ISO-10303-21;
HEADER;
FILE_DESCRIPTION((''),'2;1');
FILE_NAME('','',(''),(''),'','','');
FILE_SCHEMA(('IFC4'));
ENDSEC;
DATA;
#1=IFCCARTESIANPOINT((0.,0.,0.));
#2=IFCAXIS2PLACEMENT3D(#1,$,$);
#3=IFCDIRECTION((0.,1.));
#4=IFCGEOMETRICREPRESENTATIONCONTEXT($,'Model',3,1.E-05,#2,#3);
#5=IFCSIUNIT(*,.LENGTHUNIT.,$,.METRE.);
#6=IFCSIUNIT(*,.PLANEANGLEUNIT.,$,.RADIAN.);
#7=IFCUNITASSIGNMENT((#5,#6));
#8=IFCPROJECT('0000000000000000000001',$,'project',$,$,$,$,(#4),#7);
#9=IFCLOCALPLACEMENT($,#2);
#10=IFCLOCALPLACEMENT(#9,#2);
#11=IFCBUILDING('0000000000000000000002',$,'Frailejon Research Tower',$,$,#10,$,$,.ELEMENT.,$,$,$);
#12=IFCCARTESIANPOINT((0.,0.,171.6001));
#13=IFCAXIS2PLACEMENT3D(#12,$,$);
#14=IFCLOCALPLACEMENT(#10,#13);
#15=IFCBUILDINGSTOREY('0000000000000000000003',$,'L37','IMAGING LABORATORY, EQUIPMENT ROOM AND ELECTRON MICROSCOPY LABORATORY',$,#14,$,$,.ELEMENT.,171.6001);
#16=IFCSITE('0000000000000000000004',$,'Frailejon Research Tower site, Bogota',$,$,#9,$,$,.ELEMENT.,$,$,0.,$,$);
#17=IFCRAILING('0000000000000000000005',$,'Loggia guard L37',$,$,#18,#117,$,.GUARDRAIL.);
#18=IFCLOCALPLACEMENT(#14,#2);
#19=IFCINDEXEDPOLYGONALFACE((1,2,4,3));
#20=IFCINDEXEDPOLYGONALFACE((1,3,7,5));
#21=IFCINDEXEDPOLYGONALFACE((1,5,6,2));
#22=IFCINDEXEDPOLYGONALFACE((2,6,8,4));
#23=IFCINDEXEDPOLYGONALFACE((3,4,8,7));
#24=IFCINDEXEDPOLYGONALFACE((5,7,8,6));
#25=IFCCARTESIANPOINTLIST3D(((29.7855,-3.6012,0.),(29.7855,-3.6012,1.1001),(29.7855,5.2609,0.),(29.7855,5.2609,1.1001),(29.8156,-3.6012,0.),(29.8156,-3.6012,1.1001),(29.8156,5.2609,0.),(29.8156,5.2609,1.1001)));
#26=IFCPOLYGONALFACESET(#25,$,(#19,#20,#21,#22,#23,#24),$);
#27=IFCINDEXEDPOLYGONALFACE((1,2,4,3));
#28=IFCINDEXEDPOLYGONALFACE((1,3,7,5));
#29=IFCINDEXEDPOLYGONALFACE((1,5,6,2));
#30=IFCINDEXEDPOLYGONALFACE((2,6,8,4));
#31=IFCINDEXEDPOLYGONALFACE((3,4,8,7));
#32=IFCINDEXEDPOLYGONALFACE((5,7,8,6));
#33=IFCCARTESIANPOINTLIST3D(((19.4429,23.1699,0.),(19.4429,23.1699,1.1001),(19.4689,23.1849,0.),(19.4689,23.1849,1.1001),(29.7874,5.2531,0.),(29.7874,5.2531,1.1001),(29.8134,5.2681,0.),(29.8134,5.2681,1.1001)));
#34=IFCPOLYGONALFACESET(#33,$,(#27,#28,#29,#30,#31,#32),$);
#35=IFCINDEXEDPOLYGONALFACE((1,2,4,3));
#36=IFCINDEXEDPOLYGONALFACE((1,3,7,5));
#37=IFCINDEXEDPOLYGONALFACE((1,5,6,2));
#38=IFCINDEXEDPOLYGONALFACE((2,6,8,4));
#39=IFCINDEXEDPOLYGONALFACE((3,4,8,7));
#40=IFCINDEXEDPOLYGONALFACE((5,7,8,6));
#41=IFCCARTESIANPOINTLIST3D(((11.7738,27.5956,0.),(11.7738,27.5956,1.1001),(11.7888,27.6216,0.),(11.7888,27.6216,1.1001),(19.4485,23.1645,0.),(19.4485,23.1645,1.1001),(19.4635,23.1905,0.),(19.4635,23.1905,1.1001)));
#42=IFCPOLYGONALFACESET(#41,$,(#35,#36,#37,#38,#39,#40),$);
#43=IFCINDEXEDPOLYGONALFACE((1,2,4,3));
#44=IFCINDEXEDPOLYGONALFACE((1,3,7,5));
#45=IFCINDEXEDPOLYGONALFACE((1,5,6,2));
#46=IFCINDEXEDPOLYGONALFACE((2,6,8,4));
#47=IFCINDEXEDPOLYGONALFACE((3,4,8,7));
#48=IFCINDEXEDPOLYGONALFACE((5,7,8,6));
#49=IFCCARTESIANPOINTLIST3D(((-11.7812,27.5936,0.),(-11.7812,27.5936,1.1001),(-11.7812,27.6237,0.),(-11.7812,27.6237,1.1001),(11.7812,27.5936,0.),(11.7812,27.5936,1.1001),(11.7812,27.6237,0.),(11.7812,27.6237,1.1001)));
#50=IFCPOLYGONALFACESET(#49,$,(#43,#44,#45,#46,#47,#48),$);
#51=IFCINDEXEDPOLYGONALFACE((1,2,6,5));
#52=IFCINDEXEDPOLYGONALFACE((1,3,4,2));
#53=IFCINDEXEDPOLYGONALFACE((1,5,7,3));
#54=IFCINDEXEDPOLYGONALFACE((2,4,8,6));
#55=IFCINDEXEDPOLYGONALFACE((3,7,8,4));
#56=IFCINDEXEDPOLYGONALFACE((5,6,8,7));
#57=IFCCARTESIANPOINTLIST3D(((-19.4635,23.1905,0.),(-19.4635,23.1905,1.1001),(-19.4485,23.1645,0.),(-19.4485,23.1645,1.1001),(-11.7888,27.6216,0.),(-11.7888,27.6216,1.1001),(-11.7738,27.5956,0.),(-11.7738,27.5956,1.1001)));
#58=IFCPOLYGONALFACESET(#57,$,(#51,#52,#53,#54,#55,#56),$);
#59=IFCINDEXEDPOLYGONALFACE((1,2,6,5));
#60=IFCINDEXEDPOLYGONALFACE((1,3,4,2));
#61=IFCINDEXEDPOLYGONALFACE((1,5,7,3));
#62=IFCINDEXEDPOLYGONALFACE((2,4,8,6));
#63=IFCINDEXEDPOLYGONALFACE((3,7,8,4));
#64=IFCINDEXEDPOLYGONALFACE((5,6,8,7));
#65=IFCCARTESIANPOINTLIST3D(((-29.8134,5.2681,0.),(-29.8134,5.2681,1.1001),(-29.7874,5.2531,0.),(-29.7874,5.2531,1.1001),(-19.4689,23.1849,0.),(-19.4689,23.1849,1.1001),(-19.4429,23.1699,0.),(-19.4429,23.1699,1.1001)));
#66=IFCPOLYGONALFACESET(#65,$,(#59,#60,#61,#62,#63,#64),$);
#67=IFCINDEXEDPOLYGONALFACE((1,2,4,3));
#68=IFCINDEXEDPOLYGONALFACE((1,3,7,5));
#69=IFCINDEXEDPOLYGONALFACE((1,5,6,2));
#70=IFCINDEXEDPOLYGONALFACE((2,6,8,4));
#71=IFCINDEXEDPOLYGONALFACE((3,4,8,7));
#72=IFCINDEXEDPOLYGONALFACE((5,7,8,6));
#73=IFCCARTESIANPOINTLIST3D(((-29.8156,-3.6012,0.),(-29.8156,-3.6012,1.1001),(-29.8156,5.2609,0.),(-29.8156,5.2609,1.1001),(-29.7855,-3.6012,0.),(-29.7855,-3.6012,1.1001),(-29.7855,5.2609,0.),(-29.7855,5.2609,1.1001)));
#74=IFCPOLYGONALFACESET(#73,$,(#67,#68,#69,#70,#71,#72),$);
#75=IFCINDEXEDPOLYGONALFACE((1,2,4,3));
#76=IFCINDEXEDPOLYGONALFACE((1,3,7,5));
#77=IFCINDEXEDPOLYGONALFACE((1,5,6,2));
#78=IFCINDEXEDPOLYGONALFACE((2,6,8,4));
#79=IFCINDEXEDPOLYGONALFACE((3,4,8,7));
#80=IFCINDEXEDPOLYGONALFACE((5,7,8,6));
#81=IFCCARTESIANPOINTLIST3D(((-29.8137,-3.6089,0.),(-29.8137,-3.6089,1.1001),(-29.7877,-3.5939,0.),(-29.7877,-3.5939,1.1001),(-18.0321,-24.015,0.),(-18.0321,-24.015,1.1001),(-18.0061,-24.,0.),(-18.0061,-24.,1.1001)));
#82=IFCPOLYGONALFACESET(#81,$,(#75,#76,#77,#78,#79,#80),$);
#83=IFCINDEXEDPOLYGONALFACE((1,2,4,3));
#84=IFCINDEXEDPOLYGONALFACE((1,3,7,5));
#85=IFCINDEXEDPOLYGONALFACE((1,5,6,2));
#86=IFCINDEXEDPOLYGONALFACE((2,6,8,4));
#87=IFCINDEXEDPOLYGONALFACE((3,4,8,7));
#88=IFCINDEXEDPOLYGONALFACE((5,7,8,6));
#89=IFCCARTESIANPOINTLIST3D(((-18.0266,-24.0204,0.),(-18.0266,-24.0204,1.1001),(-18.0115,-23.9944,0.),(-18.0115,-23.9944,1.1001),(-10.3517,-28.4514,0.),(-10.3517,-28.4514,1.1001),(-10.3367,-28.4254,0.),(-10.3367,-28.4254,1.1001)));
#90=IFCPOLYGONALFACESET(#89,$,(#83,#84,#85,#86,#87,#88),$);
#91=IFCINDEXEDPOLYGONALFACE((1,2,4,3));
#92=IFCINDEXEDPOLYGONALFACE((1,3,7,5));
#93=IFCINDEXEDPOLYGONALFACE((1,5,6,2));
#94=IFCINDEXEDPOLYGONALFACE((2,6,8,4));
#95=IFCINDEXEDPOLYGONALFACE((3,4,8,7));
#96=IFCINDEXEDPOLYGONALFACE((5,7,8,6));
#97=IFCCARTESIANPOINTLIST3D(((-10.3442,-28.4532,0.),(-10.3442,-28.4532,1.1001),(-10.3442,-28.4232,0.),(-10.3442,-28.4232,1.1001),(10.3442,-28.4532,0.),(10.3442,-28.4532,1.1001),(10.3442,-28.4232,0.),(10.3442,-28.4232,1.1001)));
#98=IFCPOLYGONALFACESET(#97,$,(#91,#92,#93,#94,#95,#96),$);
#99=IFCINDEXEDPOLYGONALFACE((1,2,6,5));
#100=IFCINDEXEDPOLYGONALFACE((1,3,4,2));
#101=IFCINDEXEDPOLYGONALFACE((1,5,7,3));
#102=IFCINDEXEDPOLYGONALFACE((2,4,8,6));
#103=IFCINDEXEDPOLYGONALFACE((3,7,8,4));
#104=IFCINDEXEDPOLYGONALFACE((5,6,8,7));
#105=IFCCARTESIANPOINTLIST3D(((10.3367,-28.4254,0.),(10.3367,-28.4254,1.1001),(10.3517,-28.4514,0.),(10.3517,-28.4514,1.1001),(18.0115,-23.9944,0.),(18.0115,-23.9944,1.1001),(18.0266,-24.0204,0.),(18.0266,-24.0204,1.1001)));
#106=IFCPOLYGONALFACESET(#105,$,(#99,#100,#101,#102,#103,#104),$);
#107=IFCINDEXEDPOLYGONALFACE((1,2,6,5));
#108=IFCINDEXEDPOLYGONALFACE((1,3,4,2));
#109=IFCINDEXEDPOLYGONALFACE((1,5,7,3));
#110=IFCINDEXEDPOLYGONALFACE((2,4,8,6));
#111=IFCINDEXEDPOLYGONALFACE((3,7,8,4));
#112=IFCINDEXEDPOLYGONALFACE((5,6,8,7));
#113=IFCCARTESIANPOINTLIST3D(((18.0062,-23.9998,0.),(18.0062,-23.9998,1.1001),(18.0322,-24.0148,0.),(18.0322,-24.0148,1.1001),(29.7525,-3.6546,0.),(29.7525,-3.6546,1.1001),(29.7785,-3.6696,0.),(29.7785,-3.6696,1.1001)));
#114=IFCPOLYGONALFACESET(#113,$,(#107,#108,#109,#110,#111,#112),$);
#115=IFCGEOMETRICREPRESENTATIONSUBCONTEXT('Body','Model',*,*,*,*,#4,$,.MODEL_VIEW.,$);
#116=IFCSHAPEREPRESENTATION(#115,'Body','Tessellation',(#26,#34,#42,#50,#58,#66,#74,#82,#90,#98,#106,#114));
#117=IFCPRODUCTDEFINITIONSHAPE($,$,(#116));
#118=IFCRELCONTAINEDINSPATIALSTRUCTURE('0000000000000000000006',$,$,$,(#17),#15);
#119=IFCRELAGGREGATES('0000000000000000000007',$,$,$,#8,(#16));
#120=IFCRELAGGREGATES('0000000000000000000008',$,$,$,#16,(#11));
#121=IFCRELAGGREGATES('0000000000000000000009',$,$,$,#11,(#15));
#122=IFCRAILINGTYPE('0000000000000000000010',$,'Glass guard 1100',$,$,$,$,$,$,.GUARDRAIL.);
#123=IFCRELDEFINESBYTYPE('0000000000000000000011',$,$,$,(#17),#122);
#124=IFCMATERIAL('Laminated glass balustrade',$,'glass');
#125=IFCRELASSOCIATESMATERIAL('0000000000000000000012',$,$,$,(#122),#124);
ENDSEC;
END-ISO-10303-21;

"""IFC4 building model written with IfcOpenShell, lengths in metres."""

from ifc_helpers import new_model, si_unit, direction, frame, origin, origin_2d, place, context, subcontext, project, spatial, rectangle, extrude, material, type_object, element, save


model = new_model("IFC4")

# Units and contexts
model_context = context("Model", 3, precision=1e-05, world=origin(), true_north=direction((0.0, 1.0)))
body_context = subcontext(model_context, "Body", "Model", "MODEL_VIEW")
ifc_project = project(units=[si_unit("LENGTHUNIT", "METRE"), si_unit("PLANEANGLEUNIT", "RADIAN")], contexts=[model_context])

# Site, building, storey
site_placement = place(None, origin())
site = spatial("IfcSite", under=ifc_project, at=site_placement, Name="Frailejon Research Tower site, Bogota", CompositionType="ELEMENT", RefElevation=0.0)
building_placement = place(site_placement, origin())
building = spatial("IfcBuilding", under=site, at=building_placement, Name="Frailejon Research Tower", CompositionType="ELEMENT")
storey_placement = place(building_placement, frame((0.0, 0.0, 171.6001)))
storey = spatial("IfcBuildingStorey", under=building, at=storey_placement, Name="L37", Description="IMAGING LABORATORY, EQUIPMENT ROOM AND ELECTRON MICROSCOPY LABORATORY", CompositionType="ELEMENT", Elevation=171.6001)

# Railing
ifc_material_1 = material(Name="Laminated glass balustrade", Category="glass")
railing_type = type_object("IfcRailingType", Name="Glass guard 1100", PredefinedType="GUARDRAIL", material=ifc_material_1)
railing_placement = place(storey_placement, frame((29.8005, -3.6013, 0.0)))
element("IfcRailing", 1, at=railing_placement, inside=storey, type_object=railing_type, Name="Loggia guard L37", PredefinedType="GUARDRAIL", context=body_context, shape_type="SweptSolid", body=[
    extrude(rectangle(XDim=8.8621, YDim=0.03, at=origin_2d()), frame((0.0, 4.4312, 0.0), z_axis=(0.0, 0.0, 1.0), x_axis=(0.0, 1.0, 0.0)), (0.0, 0.0, 1.0), 1.1001),
    extrude(rectangle(XDim=20.6887, YDim=0.03, at=origin_2d()), frame((-5.1724, 17.8203, 0.0), z_axis=(0.0, 0.0, 1.0), x_axis=(-0.500009, 0.86602, 0.0)), (0.0, 0.0, 1.0), 1.1001),
    extrude(rectangle(XDim=8.8621, YDim=0.03, at=origin_2d()), frame((-14.1819, 28.9944, 0.0), z_axis=(0.0, 0.0, 1.0), x_axis=(-0.86602, 0.500009, 0.0)), (0.0, 0.0, 1.0), 1.1001),
    extrude(rectangle(XDim=23.5625, YDim=0.03, at=origin_2d()), frame((-29.8005, 31.21, 0.0), z_axis=(0.0, 0.0, 1.0), x_axis=(-1.0, 0.0, 0.0)), (0.0, 0.0, 1.0), 1.1001),
    extrude(rectangle(XDim=8.8621, YDim=0.03, at=origin_2d()), frame((-45.4192, 28.9944, 0.0), z_axis=(0.0, 0.0, 1.0), x_axis=(-0.86602, -0.500009, 0.0)), (0.0, 0.0, 1.0), 1.1001),
    extrude(rectangle(XDim=20.6887, YDim=0.03, at=origin_2d()), frame((-54.4287, 17.8203, 0.0), z_axis=(0.0, 0.0, 1.0), x_axis=(-0.500009, -0.86602, 0.0)), (0.0, 0.0, 1.0), 1.1001),
    extrude(rectangle(XDim=8.8621, YDim=0.03, at=origin_2d()), frame((-59.6011, 4.4312, 0.0), z_axis=(0.0, 0.0, 1.0), x_axis=(0.0, -1.0, 0.0)), (0.0, 0.0, 1.0), 1.1001),
    extrude(rectangle(XDim=23.563, YDim=0.03, at=origin_2d()), frame((-53.7104, -10.2031, 0.0), z_axis=(0.0, 0.0, 1.0), x_axis=(0.500003, -0.866024, 0.0)), (0.0, 0.0, 1.0), 1.1001),
    extrude(rectangle(XDim=8.8621, YDim=0.03, at=origin_2d()), frame((-43.9822, -22.6216, 0.0), z_axis=(0.0, 0.0, 1.0), x_axis=(0.866032, -0.499988, 0.0)), (0.0, 0.0, 1.0), 1.1001),
    extrude(rectangle(XDim=20.6885, YDim=0.03, at=origin_2d()), frame((-29.8005, -24.8369, 0.0), z_axis=(0.0, 0.0, 1.0), x_axis=(1.0, 0.0, 0.0)), (0.0, 0.0, 1.0), 1.1001),
    extrude(rectangle(XDim=8.8621, YDim=0.03, at=origin_2d()), frame((-15.6189, -22.6216, 0.0), z_axis=(0.0, 0.0, 1.0), x_axis=(0.866032, 0.499988, 0.0)), (0.0, 0.0, 1.0), 1.1001),
    extrude(rectangle(XDim=23.4927, YDim=0.03, at=origin_2d()), frame((-5.9082, -10.2334, 0.0), z_axis=(0.0, 0.0, 1.0), x_axis=(0.500001, 0.866025, 0.0)), (0.0, 0.0, 1.0), 1.1001),
])

save(model, "model.ifc")
